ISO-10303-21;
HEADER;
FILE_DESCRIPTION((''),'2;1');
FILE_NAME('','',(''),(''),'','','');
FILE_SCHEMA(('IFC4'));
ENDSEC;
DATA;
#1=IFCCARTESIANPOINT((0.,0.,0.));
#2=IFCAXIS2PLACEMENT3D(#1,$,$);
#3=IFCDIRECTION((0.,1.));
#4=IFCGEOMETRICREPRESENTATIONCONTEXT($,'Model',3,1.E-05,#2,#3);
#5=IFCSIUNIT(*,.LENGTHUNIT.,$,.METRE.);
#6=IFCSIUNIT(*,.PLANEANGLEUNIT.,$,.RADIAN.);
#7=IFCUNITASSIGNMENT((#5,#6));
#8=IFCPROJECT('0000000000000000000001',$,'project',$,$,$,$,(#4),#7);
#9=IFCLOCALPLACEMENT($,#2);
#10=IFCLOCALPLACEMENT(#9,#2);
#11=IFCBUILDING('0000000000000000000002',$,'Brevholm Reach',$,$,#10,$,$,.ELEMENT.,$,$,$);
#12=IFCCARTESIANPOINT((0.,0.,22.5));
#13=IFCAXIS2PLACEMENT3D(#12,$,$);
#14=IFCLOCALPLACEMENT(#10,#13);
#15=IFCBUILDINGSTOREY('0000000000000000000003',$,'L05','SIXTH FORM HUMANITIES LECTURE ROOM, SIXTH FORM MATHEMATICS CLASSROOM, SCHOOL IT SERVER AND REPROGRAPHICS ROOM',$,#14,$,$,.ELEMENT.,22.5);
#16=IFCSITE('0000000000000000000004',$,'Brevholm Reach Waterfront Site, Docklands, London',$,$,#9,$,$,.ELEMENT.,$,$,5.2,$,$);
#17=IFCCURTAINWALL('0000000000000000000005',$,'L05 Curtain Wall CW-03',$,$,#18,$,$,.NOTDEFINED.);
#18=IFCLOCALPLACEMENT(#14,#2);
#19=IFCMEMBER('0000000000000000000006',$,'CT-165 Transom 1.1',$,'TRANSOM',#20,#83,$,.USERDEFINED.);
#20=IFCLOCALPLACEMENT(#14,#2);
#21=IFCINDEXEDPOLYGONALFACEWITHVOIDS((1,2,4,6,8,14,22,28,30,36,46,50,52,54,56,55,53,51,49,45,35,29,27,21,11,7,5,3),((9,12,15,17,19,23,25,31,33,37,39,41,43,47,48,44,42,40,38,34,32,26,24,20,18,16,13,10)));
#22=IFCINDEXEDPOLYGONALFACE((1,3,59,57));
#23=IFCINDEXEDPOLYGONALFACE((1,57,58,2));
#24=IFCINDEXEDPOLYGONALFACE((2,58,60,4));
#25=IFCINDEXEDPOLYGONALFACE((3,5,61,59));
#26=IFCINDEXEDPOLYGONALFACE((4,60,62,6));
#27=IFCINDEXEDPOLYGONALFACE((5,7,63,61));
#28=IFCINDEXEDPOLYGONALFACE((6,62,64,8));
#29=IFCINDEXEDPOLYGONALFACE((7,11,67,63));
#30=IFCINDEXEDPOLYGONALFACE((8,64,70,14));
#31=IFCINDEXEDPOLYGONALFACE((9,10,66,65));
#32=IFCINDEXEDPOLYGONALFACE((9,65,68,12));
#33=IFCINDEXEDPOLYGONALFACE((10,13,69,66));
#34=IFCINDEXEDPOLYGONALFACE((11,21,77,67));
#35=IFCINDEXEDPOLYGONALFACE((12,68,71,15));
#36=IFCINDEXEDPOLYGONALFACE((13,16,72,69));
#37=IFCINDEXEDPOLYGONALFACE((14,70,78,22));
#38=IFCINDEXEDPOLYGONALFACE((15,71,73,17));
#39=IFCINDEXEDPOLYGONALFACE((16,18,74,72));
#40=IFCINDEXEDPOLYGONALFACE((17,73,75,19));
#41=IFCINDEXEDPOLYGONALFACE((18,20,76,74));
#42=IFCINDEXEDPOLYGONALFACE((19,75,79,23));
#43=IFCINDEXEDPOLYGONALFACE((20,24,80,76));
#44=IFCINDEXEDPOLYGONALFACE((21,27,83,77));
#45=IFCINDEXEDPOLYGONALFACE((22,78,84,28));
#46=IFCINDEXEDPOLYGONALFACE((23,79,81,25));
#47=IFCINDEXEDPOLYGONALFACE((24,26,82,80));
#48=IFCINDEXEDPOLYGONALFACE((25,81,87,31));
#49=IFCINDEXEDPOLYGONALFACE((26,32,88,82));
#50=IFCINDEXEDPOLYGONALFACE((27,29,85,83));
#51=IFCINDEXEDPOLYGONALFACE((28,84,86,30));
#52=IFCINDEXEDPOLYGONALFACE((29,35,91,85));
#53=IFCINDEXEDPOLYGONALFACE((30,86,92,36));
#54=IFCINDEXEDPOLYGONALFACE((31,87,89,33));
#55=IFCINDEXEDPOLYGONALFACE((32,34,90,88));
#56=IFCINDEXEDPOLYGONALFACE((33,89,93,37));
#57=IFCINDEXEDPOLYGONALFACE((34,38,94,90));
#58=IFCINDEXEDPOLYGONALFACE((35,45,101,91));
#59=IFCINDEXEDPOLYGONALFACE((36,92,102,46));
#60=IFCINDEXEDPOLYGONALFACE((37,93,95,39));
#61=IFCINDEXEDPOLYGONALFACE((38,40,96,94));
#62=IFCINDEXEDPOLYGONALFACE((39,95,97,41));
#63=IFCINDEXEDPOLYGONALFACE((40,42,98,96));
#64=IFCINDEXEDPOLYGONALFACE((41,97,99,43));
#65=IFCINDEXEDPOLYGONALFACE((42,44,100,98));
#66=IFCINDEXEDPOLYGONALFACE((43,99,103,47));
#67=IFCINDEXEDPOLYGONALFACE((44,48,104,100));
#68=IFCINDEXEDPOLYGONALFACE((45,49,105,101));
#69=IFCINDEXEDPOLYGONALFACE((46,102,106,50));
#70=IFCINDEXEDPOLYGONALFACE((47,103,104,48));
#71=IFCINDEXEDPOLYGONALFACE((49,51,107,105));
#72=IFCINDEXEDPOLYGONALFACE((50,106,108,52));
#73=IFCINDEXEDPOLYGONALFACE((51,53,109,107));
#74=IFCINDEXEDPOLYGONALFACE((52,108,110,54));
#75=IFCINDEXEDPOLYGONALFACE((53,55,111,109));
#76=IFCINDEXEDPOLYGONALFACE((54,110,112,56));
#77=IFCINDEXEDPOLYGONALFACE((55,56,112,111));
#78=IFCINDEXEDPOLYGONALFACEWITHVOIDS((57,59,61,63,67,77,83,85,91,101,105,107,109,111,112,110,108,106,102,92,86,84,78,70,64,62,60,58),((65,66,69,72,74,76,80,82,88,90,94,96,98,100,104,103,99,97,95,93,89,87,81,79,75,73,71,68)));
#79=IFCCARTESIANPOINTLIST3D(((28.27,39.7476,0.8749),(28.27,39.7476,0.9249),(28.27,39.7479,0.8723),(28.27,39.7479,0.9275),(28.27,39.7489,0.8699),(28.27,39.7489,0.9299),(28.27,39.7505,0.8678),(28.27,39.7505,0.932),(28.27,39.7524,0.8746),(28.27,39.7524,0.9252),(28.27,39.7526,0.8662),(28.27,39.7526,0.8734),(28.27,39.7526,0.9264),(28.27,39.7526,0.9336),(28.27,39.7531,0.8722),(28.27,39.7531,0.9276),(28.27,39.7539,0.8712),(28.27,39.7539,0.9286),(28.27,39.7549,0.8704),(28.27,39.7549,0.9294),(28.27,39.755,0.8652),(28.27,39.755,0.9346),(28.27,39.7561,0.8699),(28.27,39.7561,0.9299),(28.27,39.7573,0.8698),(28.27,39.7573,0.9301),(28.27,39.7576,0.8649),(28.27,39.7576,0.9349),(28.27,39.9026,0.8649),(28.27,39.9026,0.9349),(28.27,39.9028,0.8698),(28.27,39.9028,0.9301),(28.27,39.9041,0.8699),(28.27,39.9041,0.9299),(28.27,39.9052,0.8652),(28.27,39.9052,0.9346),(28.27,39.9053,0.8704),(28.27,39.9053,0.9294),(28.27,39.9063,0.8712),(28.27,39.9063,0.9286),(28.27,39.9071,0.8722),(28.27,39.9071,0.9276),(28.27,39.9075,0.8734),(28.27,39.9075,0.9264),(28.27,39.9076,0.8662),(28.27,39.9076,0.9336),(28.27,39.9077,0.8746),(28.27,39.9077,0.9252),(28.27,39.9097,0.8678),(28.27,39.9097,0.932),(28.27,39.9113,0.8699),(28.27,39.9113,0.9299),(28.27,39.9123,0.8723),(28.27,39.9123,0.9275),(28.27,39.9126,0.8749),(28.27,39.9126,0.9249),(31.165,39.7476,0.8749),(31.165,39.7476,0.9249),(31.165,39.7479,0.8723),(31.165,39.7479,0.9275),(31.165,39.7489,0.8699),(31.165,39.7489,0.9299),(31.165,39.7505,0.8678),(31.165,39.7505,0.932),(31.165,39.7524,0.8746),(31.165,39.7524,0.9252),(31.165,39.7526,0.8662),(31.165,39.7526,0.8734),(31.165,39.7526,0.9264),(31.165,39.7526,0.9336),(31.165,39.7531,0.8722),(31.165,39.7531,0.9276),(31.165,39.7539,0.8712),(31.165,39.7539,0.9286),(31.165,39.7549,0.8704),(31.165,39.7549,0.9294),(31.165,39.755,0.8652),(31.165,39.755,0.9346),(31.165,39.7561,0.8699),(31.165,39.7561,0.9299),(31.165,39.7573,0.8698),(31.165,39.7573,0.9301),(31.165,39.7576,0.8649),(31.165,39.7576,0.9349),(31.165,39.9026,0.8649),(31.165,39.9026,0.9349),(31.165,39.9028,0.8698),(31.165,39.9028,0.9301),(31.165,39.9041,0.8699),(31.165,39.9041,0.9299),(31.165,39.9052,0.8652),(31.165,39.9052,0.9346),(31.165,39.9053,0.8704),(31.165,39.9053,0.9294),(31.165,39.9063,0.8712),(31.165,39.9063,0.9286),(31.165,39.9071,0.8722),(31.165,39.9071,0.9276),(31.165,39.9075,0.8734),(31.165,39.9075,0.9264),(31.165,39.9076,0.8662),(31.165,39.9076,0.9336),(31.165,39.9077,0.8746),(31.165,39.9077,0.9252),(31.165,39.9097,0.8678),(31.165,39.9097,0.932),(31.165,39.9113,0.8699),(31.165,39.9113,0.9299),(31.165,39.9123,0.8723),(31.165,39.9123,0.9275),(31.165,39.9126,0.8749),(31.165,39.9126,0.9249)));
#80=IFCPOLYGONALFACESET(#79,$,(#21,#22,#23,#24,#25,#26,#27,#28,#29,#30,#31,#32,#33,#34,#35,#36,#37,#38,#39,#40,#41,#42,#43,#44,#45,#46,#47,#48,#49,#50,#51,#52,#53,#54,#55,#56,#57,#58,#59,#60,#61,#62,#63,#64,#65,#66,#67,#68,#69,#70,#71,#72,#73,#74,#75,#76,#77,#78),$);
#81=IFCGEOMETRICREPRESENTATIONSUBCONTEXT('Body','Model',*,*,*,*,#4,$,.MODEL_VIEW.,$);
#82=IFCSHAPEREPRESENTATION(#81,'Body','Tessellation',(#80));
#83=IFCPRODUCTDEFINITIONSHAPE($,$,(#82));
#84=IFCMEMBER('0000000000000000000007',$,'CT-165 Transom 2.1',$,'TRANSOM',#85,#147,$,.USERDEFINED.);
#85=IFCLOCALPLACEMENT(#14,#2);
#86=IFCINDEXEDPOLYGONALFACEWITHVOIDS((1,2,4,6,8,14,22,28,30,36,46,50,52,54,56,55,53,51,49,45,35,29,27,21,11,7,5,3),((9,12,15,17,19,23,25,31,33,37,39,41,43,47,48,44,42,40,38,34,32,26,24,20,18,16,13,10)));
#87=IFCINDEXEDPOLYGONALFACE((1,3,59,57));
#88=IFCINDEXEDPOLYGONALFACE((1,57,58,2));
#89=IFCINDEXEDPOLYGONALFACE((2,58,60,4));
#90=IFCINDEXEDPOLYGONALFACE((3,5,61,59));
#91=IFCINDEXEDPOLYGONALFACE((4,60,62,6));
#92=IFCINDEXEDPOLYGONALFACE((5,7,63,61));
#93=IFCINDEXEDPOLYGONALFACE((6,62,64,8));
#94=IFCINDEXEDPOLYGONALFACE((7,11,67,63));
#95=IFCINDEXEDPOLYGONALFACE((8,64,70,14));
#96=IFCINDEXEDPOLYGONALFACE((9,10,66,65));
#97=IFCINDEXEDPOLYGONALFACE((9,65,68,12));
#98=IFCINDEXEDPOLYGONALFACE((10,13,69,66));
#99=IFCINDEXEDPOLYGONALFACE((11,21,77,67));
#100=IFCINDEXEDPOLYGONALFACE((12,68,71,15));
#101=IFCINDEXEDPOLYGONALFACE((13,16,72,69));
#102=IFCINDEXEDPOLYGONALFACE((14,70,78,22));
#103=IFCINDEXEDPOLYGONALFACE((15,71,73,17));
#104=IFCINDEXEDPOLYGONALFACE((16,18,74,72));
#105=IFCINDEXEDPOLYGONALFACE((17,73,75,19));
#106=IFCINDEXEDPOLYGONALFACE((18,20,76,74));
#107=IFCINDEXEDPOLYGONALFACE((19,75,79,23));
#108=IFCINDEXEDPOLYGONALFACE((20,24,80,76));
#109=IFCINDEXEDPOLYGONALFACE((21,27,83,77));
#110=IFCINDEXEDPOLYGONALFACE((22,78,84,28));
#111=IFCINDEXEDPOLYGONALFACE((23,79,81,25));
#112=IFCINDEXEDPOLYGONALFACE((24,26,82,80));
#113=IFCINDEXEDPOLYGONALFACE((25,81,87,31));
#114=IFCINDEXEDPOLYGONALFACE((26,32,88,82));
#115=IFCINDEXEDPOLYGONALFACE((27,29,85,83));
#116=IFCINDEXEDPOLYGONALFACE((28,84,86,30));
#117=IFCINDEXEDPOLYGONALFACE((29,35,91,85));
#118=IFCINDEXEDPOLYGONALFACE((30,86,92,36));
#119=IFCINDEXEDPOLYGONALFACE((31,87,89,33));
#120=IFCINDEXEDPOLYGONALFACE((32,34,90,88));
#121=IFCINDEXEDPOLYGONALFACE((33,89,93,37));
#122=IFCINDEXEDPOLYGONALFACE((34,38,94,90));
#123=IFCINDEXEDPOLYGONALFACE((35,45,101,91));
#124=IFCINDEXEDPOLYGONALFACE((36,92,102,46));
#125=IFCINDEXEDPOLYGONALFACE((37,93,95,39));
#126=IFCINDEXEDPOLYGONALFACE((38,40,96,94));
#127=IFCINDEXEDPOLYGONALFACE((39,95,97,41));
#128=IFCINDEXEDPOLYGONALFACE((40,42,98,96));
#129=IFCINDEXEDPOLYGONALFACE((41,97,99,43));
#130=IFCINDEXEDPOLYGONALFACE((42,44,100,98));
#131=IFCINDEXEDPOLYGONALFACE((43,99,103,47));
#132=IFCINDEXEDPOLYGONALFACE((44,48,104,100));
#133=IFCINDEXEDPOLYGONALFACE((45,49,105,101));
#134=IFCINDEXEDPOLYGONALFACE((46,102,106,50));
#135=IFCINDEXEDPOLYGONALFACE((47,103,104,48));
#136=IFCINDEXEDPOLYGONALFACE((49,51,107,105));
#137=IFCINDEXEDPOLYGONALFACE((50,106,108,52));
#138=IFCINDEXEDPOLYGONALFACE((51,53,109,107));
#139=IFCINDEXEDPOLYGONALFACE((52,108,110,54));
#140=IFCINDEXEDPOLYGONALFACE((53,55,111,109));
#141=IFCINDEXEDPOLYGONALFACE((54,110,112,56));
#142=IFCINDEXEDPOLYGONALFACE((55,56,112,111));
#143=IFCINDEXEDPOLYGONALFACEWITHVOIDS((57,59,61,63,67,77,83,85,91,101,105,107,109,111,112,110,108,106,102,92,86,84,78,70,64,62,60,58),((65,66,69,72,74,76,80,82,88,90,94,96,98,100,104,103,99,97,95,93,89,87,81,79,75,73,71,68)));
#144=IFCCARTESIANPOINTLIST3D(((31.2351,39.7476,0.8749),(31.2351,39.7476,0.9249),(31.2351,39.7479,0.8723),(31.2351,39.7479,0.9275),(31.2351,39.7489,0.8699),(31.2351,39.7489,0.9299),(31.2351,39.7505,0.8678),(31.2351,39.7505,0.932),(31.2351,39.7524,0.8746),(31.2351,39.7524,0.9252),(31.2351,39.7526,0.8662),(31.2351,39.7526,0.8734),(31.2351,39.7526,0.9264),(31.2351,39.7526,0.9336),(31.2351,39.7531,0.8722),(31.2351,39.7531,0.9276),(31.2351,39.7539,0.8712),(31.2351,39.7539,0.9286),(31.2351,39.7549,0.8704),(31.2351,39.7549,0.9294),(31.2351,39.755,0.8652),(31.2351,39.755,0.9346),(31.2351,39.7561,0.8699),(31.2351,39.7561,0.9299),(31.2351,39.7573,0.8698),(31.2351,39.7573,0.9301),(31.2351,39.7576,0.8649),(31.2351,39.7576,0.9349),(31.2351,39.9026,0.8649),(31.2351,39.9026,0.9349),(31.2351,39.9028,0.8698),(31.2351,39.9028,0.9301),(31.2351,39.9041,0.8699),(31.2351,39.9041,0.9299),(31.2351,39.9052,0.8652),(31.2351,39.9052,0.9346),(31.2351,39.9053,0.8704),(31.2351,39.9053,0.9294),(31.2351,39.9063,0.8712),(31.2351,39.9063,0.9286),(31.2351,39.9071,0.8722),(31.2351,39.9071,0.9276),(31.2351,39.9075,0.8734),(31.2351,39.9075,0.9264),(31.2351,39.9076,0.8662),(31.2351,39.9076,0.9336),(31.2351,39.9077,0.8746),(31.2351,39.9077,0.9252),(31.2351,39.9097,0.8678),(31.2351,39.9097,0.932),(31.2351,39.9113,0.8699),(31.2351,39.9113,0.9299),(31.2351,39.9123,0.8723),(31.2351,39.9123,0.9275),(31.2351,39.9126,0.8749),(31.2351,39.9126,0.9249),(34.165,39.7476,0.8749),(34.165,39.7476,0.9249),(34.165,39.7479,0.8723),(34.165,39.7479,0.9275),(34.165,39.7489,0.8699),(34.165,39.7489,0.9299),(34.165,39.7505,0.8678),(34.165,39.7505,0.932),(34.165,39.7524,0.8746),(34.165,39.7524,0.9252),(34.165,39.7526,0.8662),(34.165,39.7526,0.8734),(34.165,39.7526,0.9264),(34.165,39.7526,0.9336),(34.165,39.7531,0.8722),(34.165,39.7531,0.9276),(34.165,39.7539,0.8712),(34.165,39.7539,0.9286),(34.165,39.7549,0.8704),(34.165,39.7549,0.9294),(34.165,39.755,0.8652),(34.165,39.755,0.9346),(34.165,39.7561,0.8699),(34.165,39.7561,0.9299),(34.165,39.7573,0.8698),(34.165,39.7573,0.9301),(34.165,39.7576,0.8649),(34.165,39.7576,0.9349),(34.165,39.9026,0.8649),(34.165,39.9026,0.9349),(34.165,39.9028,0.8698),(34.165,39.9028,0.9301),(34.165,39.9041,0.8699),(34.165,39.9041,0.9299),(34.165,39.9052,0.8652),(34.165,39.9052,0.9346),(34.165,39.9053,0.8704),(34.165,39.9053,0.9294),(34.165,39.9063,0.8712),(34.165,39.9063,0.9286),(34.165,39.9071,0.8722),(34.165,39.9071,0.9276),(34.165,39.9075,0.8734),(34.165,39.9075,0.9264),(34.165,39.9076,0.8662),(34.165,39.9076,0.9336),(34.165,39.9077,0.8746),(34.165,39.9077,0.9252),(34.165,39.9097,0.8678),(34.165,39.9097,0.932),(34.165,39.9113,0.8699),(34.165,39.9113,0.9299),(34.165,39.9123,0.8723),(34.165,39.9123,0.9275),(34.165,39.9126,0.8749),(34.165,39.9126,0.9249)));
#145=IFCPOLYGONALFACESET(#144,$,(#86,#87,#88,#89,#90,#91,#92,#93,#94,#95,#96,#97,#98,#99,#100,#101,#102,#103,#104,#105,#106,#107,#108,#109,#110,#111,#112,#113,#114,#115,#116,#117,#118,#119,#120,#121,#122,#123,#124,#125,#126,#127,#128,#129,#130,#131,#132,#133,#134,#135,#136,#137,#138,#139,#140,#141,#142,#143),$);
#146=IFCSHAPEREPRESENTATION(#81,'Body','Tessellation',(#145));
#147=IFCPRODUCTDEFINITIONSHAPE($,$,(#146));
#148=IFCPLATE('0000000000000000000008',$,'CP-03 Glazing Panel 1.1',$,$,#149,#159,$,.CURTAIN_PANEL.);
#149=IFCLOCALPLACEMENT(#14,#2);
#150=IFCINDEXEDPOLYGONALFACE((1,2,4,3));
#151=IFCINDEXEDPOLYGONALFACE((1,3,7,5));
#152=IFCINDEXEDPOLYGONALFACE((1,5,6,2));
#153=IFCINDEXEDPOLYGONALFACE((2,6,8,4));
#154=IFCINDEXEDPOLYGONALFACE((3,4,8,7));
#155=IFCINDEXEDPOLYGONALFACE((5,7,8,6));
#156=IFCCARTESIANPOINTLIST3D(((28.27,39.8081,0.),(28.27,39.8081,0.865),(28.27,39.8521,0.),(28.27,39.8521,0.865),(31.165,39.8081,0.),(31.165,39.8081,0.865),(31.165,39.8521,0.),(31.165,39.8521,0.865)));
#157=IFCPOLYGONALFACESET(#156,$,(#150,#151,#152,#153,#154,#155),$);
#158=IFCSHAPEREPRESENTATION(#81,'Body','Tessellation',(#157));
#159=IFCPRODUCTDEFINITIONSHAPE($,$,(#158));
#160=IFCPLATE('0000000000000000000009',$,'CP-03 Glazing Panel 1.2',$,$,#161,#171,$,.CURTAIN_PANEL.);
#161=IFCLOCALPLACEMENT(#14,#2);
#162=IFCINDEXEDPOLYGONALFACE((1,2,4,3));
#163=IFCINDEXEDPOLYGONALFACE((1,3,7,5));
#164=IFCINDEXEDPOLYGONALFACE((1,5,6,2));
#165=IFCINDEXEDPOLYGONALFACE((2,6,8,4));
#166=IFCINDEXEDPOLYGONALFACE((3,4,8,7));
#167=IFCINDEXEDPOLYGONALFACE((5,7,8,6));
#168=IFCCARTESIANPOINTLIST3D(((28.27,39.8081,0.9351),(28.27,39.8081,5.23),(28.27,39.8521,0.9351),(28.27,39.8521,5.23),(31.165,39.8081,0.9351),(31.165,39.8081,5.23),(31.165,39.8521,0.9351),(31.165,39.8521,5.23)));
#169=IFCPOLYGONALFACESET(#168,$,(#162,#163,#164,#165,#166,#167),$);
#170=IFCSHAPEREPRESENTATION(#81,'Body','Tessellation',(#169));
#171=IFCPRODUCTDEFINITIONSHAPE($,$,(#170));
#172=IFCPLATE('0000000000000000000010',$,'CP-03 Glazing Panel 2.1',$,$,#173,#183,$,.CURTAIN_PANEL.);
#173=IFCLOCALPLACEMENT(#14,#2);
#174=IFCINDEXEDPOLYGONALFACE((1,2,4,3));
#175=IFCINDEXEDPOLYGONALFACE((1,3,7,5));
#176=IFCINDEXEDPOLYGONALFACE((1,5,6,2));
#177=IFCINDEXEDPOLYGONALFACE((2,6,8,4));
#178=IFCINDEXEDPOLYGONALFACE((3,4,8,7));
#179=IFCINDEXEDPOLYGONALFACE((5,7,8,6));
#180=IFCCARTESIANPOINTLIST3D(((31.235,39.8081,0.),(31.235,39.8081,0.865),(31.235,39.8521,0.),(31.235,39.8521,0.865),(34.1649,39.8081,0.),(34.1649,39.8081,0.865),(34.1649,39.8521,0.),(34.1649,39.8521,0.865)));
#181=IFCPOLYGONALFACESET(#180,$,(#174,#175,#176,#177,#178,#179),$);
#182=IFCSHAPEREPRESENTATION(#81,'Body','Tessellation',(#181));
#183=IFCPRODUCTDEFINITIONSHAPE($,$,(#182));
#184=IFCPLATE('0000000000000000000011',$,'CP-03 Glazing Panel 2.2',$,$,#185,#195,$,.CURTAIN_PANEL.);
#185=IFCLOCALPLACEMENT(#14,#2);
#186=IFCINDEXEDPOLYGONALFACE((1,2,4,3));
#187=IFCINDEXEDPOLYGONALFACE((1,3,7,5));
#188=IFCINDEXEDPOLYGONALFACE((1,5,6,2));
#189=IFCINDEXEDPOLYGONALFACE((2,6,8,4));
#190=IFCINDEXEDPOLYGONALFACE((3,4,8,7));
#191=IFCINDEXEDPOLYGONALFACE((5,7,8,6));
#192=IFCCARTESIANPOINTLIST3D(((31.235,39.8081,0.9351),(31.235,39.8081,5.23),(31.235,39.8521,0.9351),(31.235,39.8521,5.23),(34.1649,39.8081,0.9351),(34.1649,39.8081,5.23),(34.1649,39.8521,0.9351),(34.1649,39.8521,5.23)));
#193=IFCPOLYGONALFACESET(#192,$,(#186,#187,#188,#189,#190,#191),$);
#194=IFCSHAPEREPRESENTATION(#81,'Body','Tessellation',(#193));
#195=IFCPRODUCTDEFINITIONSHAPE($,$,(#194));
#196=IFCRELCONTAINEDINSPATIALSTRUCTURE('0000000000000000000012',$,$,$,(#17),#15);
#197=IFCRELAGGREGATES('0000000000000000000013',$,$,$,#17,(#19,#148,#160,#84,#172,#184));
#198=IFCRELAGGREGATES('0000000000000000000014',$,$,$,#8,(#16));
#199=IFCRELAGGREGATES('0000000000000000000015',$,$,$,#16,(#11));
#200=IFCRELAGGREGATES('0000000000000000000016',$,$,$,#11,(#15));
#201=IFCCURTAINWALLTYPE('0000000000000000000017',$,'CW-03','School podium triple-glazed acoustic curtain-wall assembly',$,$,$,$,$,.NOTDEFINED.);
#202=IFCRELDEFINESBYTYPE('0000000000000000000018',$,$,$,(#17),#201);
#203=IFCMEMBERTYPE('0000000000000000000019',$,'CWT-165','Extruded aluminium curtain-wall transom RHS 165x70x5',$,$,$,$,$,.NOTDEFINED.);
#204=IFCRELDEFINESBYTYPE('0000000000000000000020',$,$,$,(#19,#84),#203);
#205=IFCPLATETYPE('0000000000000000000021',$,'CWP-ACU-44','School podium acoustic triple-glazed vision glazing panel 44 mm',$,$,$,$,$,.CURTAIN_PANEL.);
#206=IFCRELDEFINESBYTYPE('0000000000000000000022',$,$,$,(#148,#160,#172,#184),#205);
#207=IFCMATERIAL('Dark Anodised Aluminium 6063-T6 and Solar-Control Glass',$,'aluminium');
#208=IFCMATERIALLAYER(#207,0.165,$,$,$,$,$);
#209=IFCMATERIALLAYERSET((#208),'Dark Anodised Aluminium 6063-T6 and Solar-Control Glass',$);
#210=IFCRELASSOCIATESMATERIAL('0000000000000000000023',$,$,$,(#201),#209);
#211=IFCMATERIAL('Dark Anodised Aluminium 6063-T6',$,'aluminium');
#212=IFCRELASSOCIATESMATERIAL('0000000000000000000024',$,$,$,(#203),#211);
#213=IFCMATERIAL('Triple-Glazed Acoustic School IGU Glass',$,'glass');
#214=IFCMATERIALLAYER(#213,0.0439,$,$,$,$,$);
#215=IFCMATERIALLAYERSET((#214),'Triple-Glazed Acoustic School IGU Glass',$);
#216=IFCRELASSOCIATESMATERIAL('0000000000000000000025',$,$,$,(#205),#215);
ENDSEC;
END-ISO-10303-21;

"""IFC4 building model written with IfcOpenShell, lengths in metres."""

from ifc_helpers import new_model, si_unit, direction, frame, origin, origin_2d, place, context, subcontext, project, spatial, rectangle, hollow_rectangle, extrude, material, layer, layer_set, material_profile, profile_set, type_object, element, aggregate, save


model = new_model("IFC4")

# Units and contexts
model_context = context("Model", 3, precision=1e-05, world=origin(), true_north=direction((0.0, 1.0)))
body_context = subcontext(model_context, "Body", "Model", "MODEL_VIEW")
ifc_project = project(units=[si_unit("LENGTHUNIT", "METRE"), si_unit("PLANEANGLEUNIT", "RADIAN")], contexts=[model_context])

# Site, building, storey
site_placement = place(None, origin())
site = spatial("IfcSite", under=ifc_project, at=site_placement, Name="Brevholm Reach Waterfront Site, Docklands, London", CompositionType="ELEMENT", RefElevation=5.2)
building_placement = place(site_placement, origin())
building = spatial("IfcBuilding", under=site, at=building_placement, Name="Brevholm Reach", CompositionType="ELEMENT")
storey_placement = place(building_placement, frame((0.0, 0.0, 22.5)))
storey = spatial("IfcBuildingStorey", under=building, at=storey_placement, Name="L05", Description="SIXTH FORM HUMANITIES LECTURE ROOM, SIXTH FORM MATHEMATICS CLASSROOM, SCHOOL IT SERVER AND REPROGRAPHICS ROOM", CompositionType="ELEMENT", Elevation=22.5)

# Curtain wall, members, plates
ifc_material_1 = material(Name="Dark Anodised Aluminium 6063-T6 and Solar-Control Glass", Category="aluminium")
ifc_layer_1 = layer(ifc_material_1, 0.165)
ifc_layer_set_1 = layer_set([ifc_layer_1], Name="Dark Anodised Aluminium 6063-T6 and Solar-Control Glass")
curtain_wall_type = type_object("IfcCurtainWallType", Name="CW-03", Description="School podium triple-glazed acoustic curtain-wall assembly", PredefinedType="NOTDEFINED", material=ifc_layer_set_1)
curtain_wall_placement = place(storey_placement, origin())
curtain_wall = element("IfcCurtainWall", 1, at=curtain_wall_placement, inside=storey, type_object=curtain_wall_type, Name="L05 Curtain Wall CW-03", PredefinedType="NOTDEFINED")
ifc_material_2 = material(Name="Dark Anodised Aluminium 6063-T6", Category="aluminium")
ifc_material_profile_1 = material_profile(ifc_material_2, hollow_rectangle(XDim=0.0701, YDim=0.165, WallThickness=0.0049, InnerFilletRadius=0.0049, OuterFilletRadius=0.01, at=origin_2d()), Name="RHS 165x70x5")
ifc_profile_set_1 = profile_set([ifc_material_profile_1], Name="Dark Anodised Aluminium 6063-T6")
member_type_1 = type_object("IfcMemberType", Name="CWT-165", Description="Extruded aluminium curtain-wall transom RHS 165x70x5", PredefinedType="NOTDEFINED", material=ifc_profile_set_1)
member_1_placement = place(storey_placement, frame((28.27, 39.8301, 0.8999), z_axis=(1.0, 0.0, 0.0), x_axis=(0.0, 0.0, 1.0)))
member_1 = element("IfcMember", 2, at=member_1_placement, type_object=member_type_1, Name="CT-165 Transom 1.1", ObjectType="TRANSOM", PredefinedType="USERDEFINED", context=body_context, shape_type="SweptSolid", body=[
    extrude(hollow_rectangle(XDim=0.0701, YDim=0.165, WallThickness=0.0049, InnerFilletRadius=0.0049, OuterFilletRadius=0.01, at=origin_2d()), origin(), (0.0, 0.0, 1.0), 2.895),
])
member_2_placement = place(storey_placement, frame((31.2351, 39.8301, 0.8999), z_axis=(1.0, 0.0, 0.0), x_axis=(0.0, 0.0, 1.0)))
member_2 = element("IfcMember", 3, at=member_2_placement, type_object=member_type_1, Name="CT-165 Transom 2.1", ObjectType="TRANSOM", PredefinedType="USERDEFINED", context=body_context, shape_type="SweptSolid", body=[
    extrude(hollow_rectangle(XDim=0.0701, YDim=0.165, WallThickness=0.0049, InnerFilletRadius=0.0049, OuterFilletRadius=0.01, at=origin_2d()), origin(), (0.0, 0.0, 1.0), 2.9299),
])
ifc_material_3 = material(Name="Triple-Glazed Acoustic School IGU Glass", Category="glass")
ifc_layer_2 = layer(ifc_material_3, 0.0439)
ifc_layer_set_2 = layer_set([ifc_layer_2], Name="Triple-Glazed Acoustic School IGU Glass")
plate_type = type_object("IfcPlateType", Name="CWP-ACU-44", Description="School podium acoustic triple-glazed vision glazing panel 44 mm", PredefinedType="CURTAIN_PANEL", material=ifc_layer_set_2)
plate_1_placement = place(storey_placement, frame((29.7175, 39.8301, 0.0), z_axis=(0.0, 0.0, 1.0), x_axis=(1.0, 0.0, 0.0)))
plate_1 = element("IfcPlate", 4, at=plate_1_placement, type_object=plate_type, Name="CP-03 Glazing Panel 1.1", PredefinedType="CURTAIN_PANEL", context=body_context, shape_type="SweptSolid", body=[
    extrude(rectangle(XDim=2.895, YDim=0.0439, at=origin_2d()), origin(), (0.0, 0.0, 1.0), 0.865),
])
plate_2_placement = place(storey_placement, frame((29.7175, 39.8301, 0.9351), z_axis=(0.0, 0.0, 1.0), x_axis=(1.0, 0.0, 0.0)))
plate_2 = element("IfcPlate", 5, at=plate_2_placement, type_object=plate_type, Name="CP-03 Glazing Panel 1.2", PredefinedType="CURTAIN_PANEL", context=body_context, shape_type="SweptSolid", body=[
    extrude(rectangle(XDim=2.895, YDim=0.0439, at=origin_2d()), origin(), (0.0, 0.0, 1.0), 4.2949),
])
plate_3_placement = place(storey_placement, frame((32.7, 39.8301, 0.0), z_axis=(0.0, 0.0, 1.0), x_axis=(1.0, 0.0, 0.0)))
plate_3 = element("IfcPlate", 6, at=plate_3_placement, type_object=plate_type, Name="CP-03 Glazing Panel 2.1", PredefinedType="CURTAIN_PANEL", context=body_context, shape_type="SweptSolid", body=[
    extrude(rectangle(XDim=2.9299, YDim=0.0439, at=origin_2d()), origin(), (0.0, 0.0, 1.0), 0.865),
])
plate_4_placement = place(storey_placement, frame((32.7, 39.8301, 0.9351), z_axis=(0.0, 0.0, 1.0), x_axis=(1.0, 0.0, 0.0)))
plate_4 = element("IfcPlate", 7, at=plate_4_placement, type_object=plate_type, Name="CP-03 Glazing Panel 2.2", PredefinedType="CURTAIN_PANEL", context=body_context, shape_type="SweptSolid", body=[
    extrude(rectangle(XDim=2.9299, YDim=0.0439, at=origin_2d()), origin(), (0.0, 0.0, 1.0), 4.2949),
])
aggregate(curtain_wall, [member_1, plate_1, plate_2, member_2, plate_3, plate_4])

save(model, "model.ifc")
